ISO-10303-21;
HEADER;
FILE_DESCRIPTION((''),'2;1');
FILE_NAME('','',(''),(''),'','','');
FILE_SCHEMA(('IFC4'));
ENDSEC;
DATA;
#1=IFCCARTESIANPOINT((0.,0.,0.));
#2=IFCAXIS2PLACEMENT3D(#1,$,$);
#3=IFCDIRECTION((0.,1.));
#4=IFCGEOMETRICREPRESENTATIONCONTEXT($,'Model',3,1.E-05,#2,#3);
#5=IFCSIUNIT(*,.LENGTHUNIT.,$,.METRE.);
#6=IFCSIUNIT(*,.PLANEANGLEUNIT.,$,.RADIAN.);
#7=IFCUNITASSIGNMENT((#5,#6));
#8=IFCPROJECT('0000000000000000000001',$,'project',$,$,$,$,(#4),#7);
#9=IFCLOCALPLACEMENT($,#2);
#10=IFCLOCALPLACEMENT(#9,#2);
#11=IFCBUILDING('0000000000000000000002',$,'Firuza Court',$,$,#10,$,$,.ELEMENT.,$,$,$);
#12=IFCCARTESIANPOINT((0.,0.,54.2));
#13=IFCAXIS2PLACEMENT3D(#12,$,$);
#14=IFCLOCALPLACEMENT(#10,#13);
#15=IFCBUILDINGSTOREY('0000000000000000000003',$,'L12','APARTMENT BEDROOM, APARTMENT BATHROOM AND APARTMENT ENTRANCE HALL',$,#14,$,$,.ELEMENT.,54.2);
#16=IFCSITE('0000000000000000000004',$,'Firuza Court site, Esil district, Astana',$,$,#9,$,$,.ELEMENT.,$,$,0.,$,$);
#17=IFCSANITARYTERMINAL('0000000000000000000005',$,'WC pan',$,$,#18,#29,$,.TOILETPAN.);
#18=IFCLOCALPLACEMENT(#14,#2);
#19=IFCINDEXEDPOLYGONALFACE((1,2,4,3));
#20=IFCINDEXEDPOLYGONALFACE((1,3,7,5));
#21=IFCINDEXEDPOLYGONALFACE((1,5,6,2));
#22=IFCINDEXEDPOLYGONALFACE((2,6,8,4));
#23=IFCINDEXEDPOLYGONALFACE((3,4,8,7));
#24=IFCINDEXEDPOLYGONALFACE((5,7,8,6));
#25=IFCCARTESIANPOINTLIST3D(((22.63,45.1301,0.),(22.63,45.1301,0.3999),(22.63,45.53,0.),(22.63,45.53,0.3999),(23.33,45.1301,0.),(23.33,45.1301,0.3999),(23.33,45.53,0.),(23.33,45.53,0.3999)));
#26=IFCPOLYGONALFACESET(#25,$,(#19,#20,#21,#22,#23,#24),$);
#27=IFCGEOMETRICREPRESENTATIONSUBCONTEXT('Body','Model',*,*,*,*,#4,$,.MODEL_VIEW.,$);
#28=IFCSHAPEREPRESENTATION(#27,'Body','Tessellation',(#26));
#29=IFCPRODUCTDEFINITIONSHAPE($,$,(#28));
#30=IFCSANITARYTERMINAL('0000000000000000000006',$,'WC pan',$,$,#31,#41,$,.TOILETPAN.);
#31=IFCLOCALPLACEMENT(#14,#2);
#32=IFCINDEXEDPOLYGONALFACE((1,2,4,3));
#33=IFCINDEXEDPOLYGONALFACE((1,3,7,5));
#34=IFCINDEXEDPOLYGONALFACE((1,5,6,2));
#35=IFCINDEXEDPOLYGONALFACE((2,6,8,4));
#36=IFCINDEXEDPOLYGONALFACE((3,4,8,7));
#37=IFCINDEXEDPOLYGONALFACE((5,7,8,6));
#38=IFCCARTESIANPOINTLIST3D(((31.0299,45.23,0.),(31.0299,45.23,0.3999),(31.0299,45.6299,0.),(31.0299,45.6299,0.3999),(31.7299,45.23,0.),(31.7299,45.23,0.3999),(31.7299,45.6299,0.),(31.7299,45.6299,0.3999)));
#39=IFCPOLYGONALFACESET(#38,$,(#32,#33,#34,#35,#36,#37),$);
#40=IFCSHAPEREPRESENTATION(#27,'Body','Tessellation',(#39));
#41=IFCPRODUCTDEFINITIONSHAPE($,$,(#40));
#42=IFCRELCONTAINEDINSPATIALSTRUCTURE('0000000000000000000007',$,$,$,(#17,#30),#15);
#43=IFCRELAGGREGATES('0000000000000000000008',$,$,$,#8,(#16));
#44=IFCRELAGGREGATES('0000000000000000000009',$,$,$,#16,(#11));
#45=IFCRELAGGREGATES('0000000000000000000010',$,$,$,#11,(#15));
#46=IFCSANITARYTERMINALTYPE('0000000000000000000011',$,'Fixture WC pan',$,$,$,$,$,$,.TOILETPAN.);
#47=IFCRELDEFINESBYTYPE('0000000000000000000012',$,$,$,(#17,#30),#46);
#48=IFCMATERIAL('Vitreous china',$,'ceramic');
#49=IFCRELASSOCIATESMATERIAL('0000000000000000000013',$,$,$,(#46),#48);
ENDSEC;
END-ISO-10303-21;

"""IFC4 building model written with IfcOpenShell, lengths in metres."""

from ifc_helpers import new_model, si_unit, direction, frame, origin, origin_2d, place, context, subcontext, project, spatial, rectangle, extrude, material, type_object, element, save


model = new_model("IFC4")

# Units and contexts
model_context = context("Model", 3, precision=1e-05, world=origin(), true_north=direction((0.0, 1.0)))
body_context = subcontext(model_context, "Body", "Model", "MODEL_VIEW")
ifc_project = project(units=[si_unit("LENGTHUNIT", "METRE"), si_unit("PLANEANGLEUNIT", "RADIAN")], contexts=[model_context])

# Site, building, storey
site_placement = place(None, origin())
site = spatial("IfcSite", under=ifc_project, at=site_placement, Name="Firuza Court site, Esil district, Astana", CompositionType="ELEMENT", RefElevation=0.0)
building_placement = place(site_placement, origin())
building = spatial("IfcBuilding", under=site, at=building_placement, Name="Firuza Court", CompositionType="ELEMENT")
storey_placement = place(building_placement, frame((0.0, 0.0, 54.2)))
storey = spatial("IfcBuildingStorey", under=building, at=storey_placement, Name="L12", Description="APARTMENT BEDROOM, APARTMENT BATHROOM AND APARTMENT ENTRANCE HALL", CompositionType="ELEMENT", Elevation=54.2)

# Sanitary terminals
ifc_material_1 = material(Name="Vitreous china", Category="ceramic")
sanitary_terminal_type_1 = type_object("IfcSanitaryTerminalType", Name="Fixture WC pan", PredefinedType="TOILETPAN", material=ifc_material_1)
for number, where, z_axis, x_axis, name in (
    (1, (22.98, 45.3301, 0.0), (0.0, 0.0, 1.0), (1.0, 0.0, 0.0), "WC pan"),
    (2, (31.3799, 45.4299, 0.0), (0.0, 0.0, 1.0), (1.0, 0.0, 0.0), "WC pan"),
):
    element("IfcSanitaryTerminal", number, at=place(storey_placement, frame(where, z_axis=z_axis, x_axis=x_axis)), inside=storey, type_object=sanitary_terminal_type_1, Name=name, PredefinedType="TOILETPAN", context=body_context, shape_type="SweptSolid", body=[
        extrude(rectangle(XDim=0.7, YDim=0.3999, at=origin_2d()), origin(), (0.0, 0.0, 1.0), 0.3999),
    ])

save(model, "model.ifc")
